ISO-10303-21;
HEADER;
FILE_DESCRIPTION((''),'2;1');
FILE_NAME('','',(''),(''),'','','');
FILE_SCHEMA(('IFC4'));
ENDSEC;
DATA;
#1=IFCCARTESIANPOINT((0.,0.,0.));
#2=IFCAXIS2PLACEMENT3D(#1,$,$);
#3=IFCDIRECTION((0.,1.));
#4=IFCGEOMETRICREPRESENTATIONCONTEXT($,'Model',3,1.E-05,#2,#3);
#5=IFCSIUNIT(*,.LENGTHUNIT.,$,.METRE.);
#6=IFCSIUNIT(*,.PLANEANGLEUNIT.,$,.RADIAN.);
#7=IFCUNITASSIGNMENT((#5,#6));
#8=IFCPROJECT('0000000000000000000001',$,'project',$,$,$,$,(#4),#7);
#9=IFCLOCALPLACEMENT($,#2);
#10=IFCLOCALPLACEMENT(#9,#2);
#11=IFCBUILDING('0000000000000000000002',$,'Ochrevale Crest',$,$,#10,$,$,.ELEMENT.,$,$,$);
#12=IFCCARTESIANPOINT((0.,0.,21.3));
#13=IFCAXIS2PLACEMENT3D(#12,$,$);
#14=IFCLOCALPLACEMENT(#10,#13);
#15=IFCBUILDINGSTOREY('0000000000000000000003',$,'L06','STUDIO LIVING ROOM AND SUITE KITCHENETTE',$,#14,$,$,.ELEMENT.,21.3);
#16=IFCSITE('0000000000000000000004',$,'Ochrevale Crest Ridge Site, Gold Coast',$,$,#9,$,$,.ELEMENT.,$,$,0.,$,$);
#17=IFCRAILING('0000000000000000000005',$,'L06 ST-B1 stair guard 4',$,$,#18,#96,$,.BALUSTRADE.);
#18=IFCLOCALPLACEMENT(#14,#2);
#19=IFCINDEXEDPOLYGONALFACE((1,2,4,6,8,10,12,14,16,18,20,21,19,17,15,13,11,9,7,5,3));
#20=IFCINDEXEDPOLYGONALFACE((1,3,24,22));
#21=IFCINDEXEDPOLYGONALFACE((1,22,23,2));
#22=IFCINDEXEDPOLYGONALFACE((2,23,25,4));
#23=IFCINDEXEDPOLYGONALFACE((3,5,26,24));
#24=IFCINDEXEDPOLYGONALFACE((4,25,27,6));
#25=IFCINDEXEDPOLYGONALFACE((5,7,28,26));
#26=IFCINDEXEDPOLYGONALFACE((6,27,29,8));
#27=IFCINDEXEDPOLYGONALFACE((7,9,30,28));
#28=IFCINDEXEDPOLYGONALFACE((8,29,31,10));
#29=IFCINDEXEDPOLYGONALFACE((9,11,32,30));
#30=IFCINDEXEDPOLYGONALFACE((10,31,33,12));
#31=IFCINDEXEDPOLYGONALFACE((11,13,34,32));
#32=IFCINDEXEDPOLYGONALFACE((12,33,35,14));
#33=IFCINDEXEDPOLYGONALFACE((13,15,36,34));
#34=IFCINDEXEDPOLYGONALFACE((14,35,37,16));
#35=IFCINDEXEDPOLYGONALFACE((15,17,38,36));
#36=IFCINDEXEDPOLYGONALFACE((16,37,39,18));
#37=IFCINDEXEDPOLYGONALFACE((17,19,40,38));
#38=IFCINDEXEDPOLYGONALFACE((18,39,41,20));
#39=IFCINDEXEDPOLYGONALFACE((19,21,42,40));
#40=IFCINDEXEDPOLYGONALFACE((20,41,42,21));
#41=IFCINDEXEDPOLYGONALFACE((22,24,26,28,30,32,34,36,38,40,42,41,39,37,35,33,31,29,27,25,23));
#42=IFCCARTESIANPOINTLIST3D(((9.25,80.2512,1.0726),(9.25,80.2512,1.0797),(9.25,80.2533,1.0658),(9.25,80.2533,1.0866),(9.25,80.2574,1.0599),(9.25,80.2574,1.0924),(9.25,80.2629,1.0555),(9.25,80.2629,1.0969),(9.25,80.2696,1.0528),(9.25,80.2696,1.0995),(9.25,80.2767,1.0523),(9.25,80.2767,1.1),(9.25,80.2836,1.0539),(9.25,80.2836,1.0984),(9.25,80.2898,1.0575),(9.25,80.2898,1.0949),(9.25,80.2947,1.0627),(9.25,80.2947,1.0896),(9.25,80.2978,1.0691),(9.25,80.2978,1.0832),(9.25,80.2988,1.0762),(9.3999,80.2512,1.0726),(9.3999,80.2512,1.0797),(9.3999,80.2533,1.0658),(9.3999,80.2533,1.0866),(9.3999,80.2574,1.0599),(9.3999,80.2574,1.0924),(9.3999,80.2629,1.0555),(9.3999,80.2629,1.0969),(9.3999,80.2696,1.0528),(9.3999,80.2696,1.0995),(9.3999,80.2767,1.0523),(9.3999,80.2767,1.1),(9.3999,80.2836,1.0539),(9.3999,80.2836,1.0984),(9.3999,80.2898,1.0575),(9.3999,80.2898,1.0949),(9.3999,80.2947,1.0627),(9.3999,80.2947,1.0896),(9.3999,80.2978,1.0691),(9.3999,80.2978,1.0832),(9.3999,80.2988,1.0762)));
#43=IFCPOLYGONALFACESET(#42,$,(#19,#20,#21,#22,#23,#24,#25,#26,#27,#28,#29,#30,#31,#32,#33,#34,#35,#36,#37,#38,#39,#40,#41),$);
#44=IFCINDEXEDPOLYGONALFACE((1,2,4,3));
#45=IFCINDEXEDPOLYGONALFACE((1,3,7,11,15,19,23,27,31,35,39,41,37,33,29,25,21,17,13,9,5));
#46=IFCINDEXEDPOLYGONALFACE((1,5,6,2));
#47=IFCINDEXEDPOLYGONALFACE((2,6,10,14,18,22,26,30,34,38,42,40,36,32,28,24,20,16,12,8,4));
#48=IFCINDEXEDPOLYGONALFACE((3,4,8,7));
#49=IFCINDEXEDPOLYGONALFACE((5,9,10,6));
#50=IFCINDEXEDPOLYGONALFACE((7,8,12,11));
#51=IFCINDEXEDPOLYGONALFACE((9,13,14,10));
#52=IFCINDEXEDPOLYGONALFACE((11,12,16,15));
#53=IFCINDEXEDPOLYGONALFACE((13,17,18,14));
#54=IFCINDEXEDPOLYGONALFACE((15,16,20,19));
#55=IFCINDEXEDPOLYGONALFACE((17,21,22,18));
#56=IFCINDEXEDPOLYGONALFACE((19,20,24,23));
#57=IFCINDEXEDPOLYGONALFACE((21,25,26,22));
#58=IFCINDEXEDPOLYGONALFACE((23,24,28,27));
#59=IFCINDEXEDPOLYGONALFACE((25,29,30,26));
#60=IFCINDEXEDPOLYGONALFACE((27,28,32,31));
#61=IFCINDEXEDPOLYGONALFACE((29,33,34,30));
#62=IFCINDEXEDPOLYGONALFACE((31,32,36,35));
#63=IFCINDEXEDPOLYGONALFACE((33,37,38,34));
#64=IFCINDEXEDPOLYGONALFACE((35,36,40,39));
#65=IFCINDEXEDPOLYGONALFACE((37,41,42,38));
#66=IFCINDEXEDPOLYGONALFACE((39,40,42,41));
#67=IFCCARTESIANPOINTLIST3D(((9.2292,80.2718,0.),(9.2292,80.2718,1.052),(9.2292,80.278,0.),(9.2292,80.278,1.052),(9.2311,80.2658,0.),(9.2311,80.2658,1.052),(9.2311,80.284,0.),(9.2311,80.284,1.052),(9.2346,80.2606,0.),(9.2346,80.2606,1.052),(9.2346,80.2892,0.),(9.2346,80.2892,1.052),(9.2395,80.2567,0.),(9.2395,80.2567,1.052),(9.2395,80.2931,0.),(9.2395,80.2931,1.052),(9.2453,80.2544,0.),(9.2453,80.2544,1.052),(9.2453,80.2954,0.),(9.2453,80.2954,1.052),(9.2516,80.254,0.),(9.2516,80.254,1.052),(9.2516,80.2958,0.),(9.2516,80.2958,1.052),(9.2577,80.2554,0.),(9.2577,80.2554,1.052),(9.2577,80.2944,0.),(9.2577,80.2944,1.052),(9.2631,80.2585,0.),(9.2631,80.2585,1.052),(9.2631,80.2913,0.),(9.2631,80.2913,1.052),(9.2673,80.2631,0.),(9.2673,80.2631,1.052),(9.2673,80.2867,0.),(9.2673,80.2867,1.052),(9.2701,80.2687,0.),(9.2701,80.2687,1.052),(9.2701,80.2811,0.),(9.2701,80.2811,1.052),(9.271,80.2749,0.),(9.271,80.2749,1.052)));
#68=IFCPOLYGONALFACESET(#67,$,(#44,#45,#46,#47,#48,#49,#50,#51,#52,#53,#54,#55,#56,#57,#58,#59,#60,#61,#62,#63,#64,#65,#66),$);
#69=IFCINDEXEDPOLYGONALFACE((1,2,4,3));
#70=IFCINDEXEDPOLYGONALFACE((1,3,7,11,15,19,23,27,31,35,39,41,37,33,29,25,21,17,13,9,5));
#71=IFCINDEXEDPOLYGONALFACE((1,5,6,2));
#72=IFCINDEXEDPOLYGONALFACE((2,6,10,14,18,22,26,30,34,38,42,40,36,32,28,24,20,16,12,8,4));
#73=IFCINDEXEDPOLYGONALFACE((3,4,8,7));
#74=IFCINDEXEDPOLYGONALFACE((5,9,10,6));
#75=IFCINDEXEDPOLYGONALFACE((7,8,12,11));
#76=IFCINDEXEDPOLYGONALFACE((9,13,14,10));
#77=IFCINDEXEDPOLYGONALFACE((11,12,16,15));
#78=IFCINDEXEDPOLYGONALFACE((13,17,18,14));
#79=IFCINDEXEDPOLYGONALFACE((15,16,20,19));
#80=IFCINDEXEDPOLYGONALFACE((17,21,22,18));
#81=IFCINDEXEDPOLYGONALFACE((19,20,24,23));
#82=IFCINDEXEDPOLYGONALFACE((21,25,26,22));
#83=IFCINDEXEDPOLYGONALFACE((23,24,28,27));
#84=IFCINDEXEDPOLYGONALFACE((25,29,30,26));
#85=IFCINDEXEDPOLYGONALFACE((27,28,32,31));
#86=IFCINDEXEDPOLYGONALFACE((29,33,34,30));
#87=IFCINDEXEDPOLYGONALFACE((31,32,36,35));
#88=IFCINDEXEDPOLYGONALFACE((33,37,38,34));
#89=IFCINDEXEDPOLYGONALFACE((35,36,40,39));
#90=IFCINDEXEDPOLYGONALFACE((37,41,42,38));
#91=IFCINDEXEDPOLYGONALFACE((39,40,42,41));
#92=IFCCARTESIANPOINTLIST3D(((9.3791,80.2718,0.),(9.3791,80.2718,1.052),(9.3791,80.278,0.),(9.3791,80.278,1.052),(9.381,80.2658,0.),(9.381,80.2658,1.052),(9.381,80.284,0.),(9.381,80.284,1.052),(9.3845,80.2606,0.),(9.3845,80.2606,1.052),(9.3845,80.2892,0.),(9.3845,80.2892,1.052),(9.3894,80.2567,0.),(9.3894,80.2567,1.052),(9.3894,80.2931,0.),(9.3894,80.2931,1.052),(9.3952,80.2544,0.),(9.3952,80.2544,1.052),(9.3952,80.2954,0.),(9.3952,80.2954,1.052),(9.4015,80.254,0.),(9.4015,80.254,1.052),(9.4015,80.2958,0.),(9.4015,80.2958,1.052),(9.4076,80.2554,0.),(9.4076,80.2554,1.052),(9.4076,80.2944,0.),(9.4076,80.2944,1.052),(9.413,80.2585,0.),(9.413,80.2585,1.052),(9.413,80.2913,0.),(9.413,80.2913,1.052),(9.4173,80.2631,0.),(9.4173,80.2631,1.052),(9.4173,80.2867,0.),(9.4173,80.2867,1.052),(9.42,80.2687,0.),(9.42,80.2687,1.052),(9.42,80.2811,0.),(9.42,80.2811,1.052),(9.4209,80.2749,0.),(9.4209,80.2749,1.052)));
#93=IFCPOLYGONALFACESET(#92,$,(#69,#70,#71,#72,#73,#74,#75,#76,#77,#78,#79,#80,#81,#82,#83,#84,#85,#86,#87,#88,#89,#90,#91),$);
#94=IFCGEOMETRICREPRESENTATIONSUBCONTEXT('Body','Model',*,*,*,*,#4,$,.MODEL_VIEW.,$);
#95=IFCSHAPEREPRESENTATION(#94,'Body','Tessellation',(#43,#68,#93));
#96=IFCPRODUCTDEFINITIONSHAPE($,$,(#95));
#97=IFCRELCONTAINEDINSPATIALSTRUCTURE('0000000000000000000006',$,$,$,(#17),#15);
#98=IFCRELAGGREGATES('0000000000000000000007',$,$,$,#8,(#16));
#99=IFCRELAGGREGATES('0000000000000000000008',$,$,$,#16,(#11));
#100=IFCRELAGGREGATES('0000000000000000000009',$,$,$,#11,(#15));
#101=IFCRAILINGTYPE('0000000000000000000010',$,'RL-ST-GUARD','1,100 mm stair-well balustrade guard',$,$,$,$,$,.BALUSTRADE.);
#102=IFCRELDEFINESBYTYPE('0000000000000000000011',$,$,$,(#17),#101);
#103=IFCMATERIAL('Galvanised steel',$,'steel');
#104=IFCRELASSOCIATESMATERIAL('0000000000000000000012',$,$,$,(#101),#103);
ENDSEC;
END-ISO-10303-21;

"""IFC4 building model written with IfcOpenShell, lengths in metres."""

from ifc_helpers import new_model, si_unit, direction, frame, origin, origin_2d, place, context, subcontext, project, spatial, circle, extrude, material, type_object, element, save


model = new_model("IFC4")

# Units and contexts
model_context = context("Model", 3, precision=1e-05, world=origin(), true_north=direction((0.0, 1.0)))
body_context = subcontext(model_context, "Body", "Model", "MODEL_VIEW")
ifc_project = project(units=[si_unit("LENGTHUNIT", "METRE"), si_unit("PLANEANGLEUNIT", "RADIAN")], contexts=[model_context])

# Site, building, storey
site_placement = place(None, origin())
site = spatial("IfcSite", under=ifc_project, at=site_placement, Name="Ochrevale Crest Ridge Site, Gold Coast", CompositionType="ELEMENT", RefElevation=0.0)
building_placement = place(site_placement, origin())
building = spatial("IfcBuilding", under=site, at=building_placement, Name="Ochrevale Crest", CompositionType="ELEMENT")
storey_placement = place(building_placement, frame((0.0, 0.0, 21.3)))
storey = spatial("IfcBuildingStorey", under=building, at=storey_placement, Name="L06", Description="STUDIO LIVING ROOM AND SUITE KITCHENETTE", CompositionType="ELEMENT", Elevation=21.3)

# Railing
ifc_material_1 = material(Name="Galvanised steel", Category="steel")
railing_type_1 = type_object("IfcRailingType", Name="RL-ST-GUARD", Description="1,100 mm stair-well balustrade guard", PredefinedType="BALUSTRADE", material=ifc_material_1)
railing_1_placement = place(storey_placement, frame((9.25, 80.2749, 0.0)))
element("IfcRailing", 1, at=railing_1_placement, inside=storey, type_object=railing_type_1, Name="L06 ST-B1 stair guard 4", PredefinedType="BALUSTRADE", context=body_context, shape_type="SweptSolid", body=[
    extrude(circle(Radius=0.0239, at=origin_2d()), frame((0.0, 0.0, 1.0762), z_axis=(1.0, 0.0, 0.0), x_axis=(0.0, 1.0, 0.0)), (0.0, 0.0, 1.0), 0.1499),
    extrude(circle(Radius=0.021, at=origin_2d()), origin(), (0.0, 0.0, 1.0), 1.052),
    extrude(circle(Radius=0.021, at=origin_2d()), frame((0.1499, 0.0, 0.0)), (0.0, 0.0, 1.0), 1.052),
])

save(model, "model.ifc")
